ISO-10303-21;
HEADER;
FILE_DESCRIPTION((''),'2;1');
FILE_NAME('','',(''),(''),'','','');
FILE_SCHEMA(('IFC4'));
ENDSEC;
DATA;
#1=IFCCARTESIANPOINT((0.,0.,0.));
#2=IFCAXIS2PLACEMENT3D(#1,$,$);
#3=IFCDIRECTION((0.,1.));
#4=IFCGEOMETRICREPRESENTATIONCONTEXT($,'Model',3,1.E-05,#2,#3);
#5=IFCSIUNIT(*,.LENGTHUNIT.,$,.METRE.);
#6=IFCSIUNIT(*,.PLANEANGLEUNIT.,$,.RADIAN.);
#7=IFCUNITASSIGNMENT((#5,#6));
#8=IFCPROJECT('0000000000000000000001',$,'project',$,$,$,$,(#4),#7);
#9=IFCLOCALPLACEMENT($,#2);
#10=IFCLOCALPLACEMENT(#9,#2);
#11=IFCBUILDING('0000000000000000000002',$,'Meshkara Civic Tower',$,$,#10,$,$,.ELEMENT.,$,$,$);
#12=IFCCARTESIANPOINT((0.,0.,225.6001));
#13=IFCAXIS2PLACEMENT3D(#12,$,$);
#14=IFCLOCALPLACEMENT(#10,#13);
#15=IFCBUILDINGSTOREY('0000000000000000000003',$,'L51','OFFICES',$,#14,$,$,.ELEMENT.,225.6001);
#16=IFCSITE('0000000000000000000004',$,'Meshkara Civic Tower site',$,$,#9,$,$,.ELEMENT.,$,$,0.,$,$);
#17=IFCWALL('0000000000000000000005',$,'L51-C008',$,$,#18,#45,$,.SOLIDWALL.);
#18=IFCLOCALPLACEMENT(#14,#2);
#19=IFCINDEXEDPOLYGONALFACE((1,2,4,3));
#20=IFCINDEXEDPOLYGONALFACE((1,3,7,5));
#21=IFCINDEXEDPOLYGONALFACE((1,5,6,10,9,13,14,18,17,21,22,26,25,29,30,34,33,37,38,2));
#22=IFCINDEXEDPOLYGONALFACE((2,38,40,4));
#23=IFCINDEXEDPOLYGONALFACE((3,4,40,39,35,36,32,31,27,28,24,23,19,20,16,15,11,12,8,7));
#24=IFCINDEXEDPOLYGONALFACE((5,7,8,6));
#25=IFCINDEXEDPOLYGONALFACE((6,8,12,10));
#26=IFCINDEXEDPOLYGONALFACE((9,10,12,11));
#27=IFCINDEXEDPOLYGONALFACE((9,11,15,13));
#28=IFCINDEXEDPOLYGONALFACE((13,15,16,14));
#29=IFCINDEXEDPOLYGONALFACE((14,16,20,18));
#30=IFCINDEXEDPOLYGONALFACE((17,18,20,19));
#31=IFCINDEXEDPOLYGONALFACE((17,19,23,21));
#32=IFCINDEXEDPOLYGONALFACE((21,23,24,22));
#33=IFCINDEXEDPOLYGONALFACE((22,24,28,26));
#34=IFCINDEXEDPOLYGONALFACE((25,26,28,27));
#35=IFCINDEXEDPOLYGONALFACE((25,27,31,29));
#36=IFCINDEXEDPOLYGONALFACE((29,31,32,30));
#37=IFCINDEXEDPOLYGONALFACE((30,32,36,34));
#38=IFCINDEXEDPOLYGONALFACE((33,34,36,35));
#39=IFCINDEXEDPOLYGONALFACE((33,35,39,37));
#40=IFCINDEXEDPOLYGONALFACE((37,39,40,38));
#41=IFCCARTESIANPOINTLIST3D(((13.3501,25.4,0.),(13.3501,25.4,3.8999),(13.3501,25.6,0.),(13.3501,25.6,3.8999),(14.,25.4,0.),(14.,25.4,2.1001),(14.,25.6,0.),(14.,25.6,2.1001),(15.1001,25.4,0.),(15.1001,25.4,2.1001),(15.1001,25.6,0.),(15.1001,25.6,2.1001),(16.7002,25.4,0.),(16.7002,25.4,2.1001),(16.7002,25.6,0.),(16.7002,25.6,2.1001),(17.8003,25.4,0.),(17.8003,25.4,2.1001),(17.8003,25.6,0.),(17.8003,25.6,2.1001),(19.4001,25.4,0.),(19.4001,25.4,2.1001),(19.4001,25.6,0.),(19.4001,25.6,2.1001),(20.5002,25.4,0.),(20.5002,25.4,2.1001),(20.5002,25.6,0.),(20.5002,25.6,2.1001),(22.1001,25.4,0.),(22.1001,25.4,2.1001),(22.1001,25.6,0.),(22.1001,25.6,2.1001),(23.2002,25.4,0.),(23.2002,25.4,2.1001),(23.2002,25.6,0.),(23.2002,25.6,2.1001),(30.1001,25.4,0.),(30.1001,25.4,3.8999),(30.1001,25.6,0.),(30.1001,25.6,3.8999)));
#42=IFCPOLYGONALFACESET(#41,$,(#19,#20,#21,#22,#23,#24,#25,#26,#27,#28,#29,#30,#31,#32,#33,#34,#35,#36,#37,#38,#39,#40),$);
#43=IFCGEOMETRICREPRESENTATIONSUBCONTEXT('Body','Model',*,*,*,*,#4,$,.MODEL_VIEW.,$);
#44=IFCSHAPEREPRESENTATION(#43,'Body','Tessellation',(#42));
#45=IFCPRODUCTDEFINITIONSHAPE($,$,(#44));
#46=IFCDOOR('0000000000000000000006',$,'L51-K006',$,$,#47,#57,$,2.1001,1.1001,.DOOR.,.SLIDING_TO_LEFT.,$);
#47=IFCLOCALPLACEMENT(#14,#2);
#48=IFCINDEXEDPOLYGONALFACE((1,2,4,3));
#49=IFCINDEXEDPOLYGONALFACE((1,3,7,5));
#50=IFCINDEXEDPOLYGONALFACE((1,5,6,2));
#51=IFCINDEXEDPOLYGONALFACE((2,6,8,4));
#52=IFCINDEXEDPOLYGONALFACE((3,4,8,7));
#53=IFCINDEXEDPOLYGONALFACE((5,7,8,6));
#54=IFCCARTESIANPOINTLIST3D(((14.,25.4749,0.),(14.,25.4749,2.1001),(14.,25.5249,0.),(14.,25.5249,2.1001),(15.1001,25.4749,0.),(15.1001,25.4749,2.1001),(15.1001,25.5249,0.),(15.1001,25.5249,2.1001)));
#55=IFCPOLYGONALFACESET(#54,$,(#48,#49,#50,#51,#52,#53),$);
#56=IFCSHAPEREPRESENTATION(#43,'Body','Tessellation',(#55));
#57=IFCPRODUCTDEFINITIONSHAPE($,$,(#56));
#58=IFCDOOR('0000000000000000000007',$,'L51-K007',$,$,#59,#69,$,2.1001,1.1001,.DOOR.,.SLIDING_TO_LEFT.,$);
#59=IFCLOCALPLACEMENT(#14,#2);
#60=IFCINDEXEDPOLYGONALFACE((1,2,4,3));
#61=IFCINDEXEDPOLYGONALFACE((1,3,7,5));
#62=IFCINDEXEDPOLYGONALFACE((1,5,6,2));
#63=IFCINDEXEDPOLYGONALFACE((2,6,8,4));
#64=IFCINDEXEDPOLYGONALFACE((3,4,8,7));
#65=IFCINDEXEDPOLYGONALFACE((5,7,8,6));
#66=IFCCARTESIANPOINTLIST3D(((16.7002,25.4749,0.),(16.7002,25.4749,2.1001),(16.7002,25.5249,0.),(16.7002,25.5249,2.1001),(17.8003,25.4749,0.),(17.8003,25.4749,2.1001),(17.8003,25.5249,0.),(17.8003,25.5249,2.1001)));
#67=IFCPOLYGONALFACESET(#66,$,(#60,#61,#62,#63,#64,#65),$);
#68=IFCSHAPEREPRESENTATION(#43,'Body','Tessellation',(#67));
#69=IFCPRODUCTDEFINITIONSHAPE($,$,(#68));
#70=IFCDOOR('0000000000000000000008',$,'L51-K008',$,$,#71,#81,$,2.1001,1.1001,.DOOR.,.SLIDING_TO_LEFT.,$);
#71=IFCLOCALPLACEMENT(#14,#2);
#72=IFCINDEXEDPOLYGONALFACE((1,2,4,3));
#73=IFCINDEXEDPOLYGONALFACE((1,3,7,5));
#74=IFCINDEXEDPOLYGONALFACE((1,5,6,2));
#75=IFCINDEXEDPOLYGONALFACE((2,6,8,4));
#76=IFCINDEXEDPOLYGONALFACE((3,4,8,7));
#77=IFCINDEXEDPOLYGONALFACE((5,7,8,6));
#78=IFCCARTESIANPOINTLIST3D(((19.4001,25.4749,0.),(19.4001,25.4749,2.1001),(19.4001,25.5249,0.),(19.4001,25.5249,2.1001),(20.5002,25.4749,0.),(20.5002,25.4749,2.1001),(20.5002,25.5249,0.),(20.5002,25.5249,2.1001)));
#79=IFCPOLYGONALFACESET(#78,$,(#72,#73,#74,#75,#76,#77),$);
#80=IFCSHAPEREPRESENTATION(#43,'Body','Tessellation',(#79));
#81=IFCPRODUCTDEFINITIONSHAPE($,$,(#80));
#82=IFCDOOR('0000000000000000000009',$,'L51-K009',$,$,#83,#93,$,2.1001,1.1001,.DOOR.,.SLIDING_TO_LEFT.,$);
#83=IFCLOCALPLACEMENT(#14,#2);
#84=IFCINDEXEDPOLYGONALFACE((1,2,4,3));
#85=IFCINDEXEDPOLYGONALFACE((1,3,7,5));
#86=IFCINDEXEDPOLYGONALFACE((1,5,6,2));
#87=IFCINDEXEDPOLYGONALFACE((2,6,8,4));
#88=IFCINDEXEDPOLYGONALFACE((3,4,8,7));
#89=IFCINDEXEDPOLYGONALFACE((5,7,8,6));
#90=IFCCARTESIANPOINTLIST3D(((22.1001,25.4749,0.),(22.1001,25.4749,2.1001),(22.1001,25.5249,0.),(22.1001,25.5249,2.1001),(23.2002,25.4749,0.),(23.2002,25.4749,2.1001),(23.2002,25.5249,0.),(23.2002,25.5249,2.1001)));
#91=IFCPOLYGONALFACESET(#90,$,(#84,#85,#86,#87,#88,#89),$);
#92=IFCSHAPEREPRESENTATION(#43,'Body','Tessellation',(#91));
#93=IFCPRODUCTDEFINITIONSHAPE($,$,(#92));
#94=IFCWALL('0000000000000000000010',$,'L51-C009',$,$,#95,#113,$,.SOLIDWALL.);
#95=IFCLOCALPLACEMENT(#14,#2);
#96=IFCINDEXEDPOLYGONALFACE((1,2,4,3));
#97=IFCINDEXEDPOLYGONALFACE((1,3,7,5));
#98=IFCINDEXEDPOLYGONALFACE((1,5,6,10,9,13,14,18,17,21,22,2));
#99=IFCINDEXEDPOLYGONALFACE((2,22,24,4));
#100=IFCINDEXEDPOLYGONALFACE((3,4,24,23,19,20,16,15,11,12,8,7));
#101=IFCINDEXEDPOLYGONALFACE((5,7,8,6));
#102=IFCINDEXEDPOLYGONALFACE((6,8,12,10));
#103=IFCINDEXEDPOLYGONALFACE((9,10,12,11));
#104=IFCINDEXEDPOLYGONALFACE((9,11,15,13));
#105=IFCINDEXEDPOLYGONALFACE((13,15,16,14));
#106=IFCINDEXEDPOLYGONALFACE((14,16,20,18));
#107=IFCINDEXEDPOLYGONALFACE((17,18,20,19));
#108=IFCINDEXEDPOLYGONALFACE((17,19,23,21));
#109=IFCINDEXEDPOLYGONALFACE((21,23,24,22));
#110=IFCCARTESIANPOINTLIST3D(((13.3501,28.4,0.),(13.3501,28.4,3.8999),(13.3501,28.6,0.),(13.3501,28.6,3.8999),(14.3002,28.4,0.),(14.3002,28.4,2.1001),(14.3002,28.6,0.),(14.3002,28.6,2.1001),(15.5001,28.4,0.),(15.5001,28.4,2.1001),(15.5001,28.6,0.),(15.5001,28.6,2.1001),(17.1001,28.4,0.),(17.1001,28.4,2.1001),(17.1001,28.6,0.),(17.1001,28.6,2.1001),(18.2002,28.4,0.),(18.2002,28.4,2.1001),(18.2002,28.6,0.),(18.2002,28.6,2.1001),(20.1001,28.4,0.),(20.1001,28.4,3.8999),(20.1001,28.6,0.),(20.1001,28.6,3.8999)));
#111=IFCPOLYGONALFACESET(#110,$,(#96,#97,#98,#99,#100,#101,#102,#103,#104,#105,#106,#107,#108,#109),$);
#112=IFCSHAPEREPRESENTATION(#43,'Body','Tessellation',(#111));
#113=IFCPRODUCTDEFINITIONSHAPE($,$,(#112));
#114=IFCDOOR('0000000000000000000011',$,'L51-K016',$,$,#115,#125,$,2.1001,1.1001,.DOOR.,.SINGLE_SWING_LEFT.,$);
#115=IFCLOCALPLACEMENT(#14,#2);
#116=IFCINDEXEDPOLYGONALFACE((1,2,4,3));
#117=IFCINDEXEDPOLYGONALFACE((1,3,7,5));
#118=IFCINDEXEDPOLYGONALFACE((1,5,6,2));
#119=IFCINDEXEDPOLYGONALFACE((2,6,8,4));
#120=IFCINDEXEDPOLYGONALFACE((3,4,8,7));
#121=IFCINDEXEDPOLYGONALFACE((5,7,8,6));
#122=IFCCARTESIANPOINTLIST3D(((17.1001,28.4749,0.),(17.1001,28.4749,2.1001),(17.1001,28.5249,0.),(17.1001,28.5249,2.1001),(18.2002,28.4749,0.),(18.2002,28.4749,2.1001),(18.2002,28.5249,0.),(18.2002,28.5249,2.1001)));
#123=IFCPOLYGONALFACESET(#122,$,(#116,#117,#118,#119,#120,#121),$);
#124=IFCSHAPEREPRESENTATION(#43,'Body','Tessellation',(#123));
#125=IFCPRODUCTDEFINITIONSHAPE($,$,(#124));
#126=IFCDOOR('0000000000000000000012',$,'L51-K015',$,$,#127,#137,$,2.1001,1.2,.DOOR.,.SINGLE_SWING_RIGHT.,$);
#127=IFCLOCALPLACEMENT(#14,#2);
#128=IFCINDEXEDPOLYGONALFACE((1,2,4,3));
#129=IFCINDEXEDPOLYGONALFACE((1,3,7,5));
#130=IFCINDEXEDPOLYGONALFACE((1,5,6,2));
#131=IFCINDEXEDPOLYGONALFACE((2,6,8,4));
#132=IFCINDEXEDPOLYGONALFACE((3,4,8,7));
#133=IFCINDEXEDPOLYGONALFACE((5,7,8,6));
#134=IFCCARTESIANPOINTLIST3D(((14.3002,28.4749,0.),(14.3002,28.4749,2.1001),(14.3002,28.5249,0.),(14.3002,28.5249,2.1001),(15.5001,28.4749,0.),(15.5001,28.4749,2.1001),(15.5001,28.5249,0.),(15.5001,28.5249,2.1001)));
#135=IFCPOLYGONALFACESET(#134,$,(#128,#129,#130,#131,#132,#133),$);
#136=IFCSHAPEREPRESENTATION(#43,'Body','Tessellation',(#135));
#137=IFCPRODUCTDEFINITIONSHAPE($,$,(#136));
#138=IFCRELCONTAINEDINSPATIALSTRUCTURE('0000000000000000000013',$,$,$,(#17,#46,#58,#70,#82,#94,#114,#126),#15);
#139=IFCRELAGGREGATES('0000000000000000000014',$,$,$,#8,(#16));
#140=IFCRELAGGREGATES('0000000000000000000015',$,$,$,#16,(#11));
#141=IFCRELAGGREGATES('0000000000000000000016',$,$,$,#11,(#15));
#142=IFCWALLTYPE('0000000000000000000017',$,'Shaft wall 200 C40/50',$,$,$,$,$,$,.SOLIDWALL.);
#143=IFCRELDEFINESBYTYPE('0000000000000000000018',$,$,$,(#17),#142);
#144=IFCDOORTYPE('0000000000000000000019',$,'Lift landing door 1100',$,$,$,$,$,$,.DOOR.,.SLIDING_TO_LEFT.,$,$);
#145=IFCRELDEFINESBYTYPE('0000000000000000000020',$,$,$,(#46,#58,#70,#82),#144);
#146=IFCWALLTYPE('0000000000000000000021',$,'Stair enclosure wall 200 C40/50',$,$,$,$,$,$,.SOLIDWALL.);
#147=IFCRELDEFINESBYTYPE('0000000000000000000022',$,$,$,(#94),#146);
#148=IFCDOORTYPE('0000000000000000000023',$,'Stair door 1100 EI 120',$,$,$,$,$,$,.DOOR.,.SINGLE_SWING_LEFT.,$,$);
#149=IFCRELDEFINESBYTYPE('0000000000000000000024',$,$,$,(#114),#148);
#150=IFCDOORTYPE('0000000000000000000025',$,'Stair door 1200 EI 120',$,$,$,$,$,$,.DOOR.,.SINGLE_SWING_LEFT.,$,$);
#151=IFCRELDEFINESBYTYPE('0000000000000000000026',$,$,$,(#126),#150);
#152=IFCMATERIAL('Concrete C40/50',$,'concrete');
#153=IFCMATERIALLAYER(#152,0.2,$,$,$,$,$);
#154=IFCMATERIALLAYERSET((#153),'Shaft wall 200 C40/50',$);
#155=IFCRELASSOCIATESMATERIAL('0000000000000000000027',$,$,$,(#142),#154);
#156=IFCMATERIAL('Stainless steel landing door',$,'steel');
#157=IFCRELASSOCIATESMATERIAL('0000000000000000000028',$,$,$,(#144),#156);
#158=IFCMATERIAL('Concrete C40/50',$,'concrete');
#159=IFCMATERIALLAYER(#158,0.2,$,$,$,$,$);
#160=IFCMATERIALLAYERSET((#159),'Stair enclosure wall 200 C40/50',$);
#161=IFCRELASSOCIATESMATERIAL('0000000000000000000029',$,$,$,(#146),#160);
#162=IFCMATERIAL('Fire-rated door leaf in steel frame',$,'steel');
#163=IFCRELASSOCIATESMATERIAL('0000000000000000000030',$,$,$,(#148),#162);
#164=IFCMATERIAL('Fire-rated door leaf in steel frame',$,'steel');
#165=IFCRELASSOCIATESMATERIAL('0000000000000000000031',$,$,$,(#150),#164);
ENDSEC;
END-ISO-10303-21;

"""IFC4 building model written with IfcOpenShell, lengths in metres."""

from ifc_helpers import new_model, si_unit, direction, frame, frame_2d, origin, place, context, subcontext, project, spatial, rectangle, extrude, material, layer, layer_set, type_object, element, fill, save


model = new_model("IFC4")

# Units and contexts
model_context = context("Model", 3, precision=1e-05, world=origin(), true_north=direction((0.0, 1.0)))
body_context = subcontext(model_context, "Body", "Model", "MODEL_VIEW")
ifc_project = project(units=[si_unit("LENGTHUNIT", "METRE"), si_unit("PLANEANGLEUNIT", "RADIAN")], contexts=[model_context])

# Site, building, storey
site_placement = place(None, origin())
site = spatial("IfcSite", under=ifc_project, at=site_placement, Name="Meshkara Civic Tower site", CompositionType="ELEMENT", RefElevation=0.0)
building_placement = place(site_placement, origin())
building = spatial("IfcBuilding", under=site, at=building_placement, Name="Meshkara Civic Tower", CompositionType="ELEMENT")
storey_placement = place(building_placement, frame((0.0, 0.0, 225.6001)))
storey = spatial("IfcBuildingStorey", under=building, at=storey_placement, Name="L51", Description="OFFICES", CompositionType="ELEMENT", Elevation=225.6001)

# Walls, openings, doors
ifc_material_1 = material(Name="Concrete C40/50", Category="concrete")
ifc_layer_1 = layer(ifc_material_1, 0.2)
ifc_layer_set_1 = layer_set([ifc_layer_1], Name="Shaft wall 200 C40/50")
wall_type_1 = type_object("IfcWallType", Name="Shaft wall 200 C40/50", PredefinedType="SOLIDWALL", material=ifc_layer_set_1)
wall_1_placement = place(storey_placement, frame((13.3501, 25.5, 0.0), z_axis=(0.0, 0.0, 1.0), x_axis=(1.0, 0.0, 0.0)))
wall_1 = element("IfcWall", 1, at=wall_1_placement, inside=storey, type_object=wall_type_1, Name="L51-C008", PredefinedType="SOLIDWALL", context=body_context, shape_type="SweptSolid", body=[
    extrude(rectangle(XDim=16.75, YDim=0.2, at=frame_2d((8.375, 0.0))), origin(), (0.0, 0.0, 1.0), 3.8999),
])
opening_1_placement = place(wall_1_placement, frame((0.6499, 0.0, 0.0)))
opening_1 = element("IfcOpeningElement", 2, at=opening_1_placement, cuts=wall_1, PredefinedType="OPENING", context=body_context, shape_type="SweptSolid", body=[
    extrude(rectangle(XDim=1.1001, YDim=2.1001, at=frame_2d((0.55, 1.05))), frame((0.0, 0.1099, 0.0), z_axis=(0.0, -1.0, 0.0), x_axis=(1.0, 0.0, 0.0)), (0.0, 0.0, 1.0), 0.22),
])
opening_2_placement = place(wall_1_placement, frame((3.3501, 0.0, 0.0)))
opening_2 = element("IfcOpeningElement", 3, at=opening_2_placement, cuts=wall_1, PredefinedType="OPENING", context=body_context, shape_type="SweptSolid", body=[
    extrude(rectangle(XDim=1.1001, YDim=2.1001, at=frame_2d((0.55, 1.05))), frame((0.0, 0.1099, 0.0), z_axis=(0.0, -1.0, 0.0), x_axis=(1.0, 0.0, 0.0)), (0.0, 0.0, 1.0), 0.22),
])
opening_3_placement = place(wall_1_placement, frame((6.05, 0.0, 0.0)))
opening_3 = element("IfcOpeningElement", 4, at=opening_3_placement, cuts=wall_1, PredefinedType="OPENING", context=body_context, shape_type="SweptSolid", body=[
    extrude(rectangle(XDim=1.1001, YDim=2.1001, at=frame_2d((0.55, 1.05))), frame((0.0, 0.1099, 0.0), z_axis=(0.0, -1.0, 0.0), x_axis=(1.0, 0.0, 0.0)), (0.0, 0.0, 1.0), 0.22),
])
opening_4_placement = place(wall_1_placement, frame((8.75, 0.0, 0.0)))
opening_4 = element("IfcOpeningElement", 5, at=opening_4_placement, cuts=wall_1, PredefinedType="OPENING", context=body_context, shape_type="SweptSolid", body=[
    extrude(rectangle(XDim=1.1001, YDim=2.1001, at=frame_2d((0.55, 1.05))), frame((0.0, 0.1099, 0.0), z_axis=(0.0, -1.0, 0.0), x_axis=(1.0, 0.0, 0.0)), (0.0, 0.0, 1.0), 0.22),
])
ifc_material_2 = material(Name="Stainless steel landing door", Category="steel")
door_type_1 = type_object("IfcDoorType", Name="Lift landing door 1100", OperationType="SLIDING_TO_LEFT", PredefinedType="DOOR", material=ifc_material_2)
door_1_placement = place(opening_1_placement, origin())
door_1 = element("IfcDoor", 6, at=door_1_placement, inside=storey, type_object=door_type_1, Name="L51-K006", OperationType="SLIDING_TO_LEFT", OverallHeight=2.1001, OverallWidth=1.1001, PredefinedType="DOOR", context=body_context, shape_type="SweptSolid", body=[
    extrude(rectangle(XDim=1.1001, YDim=2.1001, at=frame_2d((0.55, 1.05))), frame((0.0, 0.0249, 0.0), z_axis=(0.0, -1.0, 0.0), x_axis=(1.0, 0.0, 0.0)), (0.0, 0.0, 1.0), 0.05),
])
fill(opening_1, door_1)
door_2_placement = place(opening_2_placement, origin())
door_2 = element("IfcDoor", 7, at=door_2_placement, inside=storey, type_object=door_type_1, Name="L51-K007", OperationType="SLIDING_TO_LEFT", OverallHeight=2.1001, OverallWidth=1.1001, PredefinedType="DOOR", context=body_context, shape_type="SweptSolid", body=[
    extrude(rectangle(XDim=1.1001, YDim=2.1001, at=frame_2d((0.55, 1.05))), frame((0.0, 0.0249, 0.0), z_axis=(0.0, -1.0, 0.0), x_axis=(1.0, 0.0, 0.0)), (0.0, 0.0, 1.0), 0.05),
])
fill(opening_2, door_2)
door_3_placement = place(opening_3_placement, origin())
door_3 = element("IfcDoor", 8, at=door_3_placement, inside=storey, type_object=door_type_1, Name="L51-K008", OperationType="SLIDING_TO_LEFT", OverallHeight=2.1001, OverallWidth=1.1001, PredefinedType="DOOR", context=body_context, shape_type="SweptSolid", body=[
    extrude(rectangle(XDim=1.1001, YDim=2.1001, at=frame_2d((0.55, 1.05))), frame((0.0, 0.0249, 0.0), z_axis=(0.0, -1.0, 0.0), x_axis=(1.0, 0.0, 0.0)), (0.0, 0.0, 1.0), 0.05),
])
fill(opening_3, door_3)
door_4_placement = place(opening_4_placement, origin())
door_4 = element("IfcDoor", 9, at=door_4_placement, inside=storey, type_object=door_type_1, Name="L51-K009", OperationType="SLIDING_TO_LEFT", OverallHeight=2.1001, OverallWidth=1.1001, PredefinedType="DOOR", context=body_context, shape_type="SweptSolid", body=[
    extrude(rectangle(XDim=1.1001, YDim=2.1001, at=frame_2d((0.55, 1.05))), frame((0.0, 0.0249, 0.0), z_axis=(0.0, -1.0, 0.0), x_axis=(1.0, 0.0, 0.0)), (0.0, 0.0, 1.0), 0.05),
])
fill(opening_4, door_4)
ifc_material_3 = material(Name="Concrete C40/50", Category="concrete")
ifc_layer_2 = layer(ifc_material_3, 0.2)
ifc_layer_set_2 = layer_set([ifc_layer_2], Name="Stair enclosure wall 200 C40/50")
wall_type_2 = type_object("IfcWallType", Name="Stair enclosure wall 200 C40/50", PredefinedType="SOLIDWALL", material=ifc_layer_set_2)
wall_2_placement = place(storey_placement, frame((13.3501, 28.5, 0.0), z_axis=(0.0, 0.0, 1.0), x_axis=(1.0, 0.0, 0.0)))
wall_2 = element("IfcWall", 10, at=wall_2_placement, inside=storey, type_object=wall_type_2, Name="L51-C009", PredefinedType="SOLIDWALL", context=body_context, shape_type="SweptSolid", body=[
    extrude(rectangle(XDim=6.75, YDim=0.2, at=frame_2d((3.375, 0.0))), origin(), (0.0, 0.0, 1.0), 3.8999),
])
opening_5_placement = place(wall_2_placement, frame((0.95, 0.0, 0.0)))
opening_5 = element("IfcOpeningElement", 11, at=opening_5_placement, cuts=wall_2, PredefinedType="OPENING", context=body_context, shape_type="SweptSolid", body=[
    extrude(rectangle(XDim=1.2, YDim=2.1001, at=frame_2d((0.6001, 1.05))), frame((0.0, 0.1099, 0.0), z_axis=(0.0, -1.0, 0.0), x_axis=(1.0, 0.0, 0.0)), (0.0, 0.0, 1.0), 0.22),
])
opening_6_placement = place(wall_2_placement, frame((3.75, 0.0, 0.0)))
opening_6 = element("IfcOpeningElement", 12, at=opening_6_placement, cuts=wall_2, PredefinedType="OPENING", context=body_context, shape_type="SweptSolid", body=[
    extrude(rectangle(XDim=1.1001, YDim=2.1001, at=frame_2d((0.55, 1.05))), frame((0.0, 0.1099, 0.0), z_axis=(0.0, -1.0, 0.0), x_axis=(1.0, 0.0, 0.0)), (0.0, 0.0, 1.0), 0.22),
])
ifc_material_4 = material(Name="Fire-rated door leaf in steel frame", Category="steel")
door_type_2 = type_object("IfcDoorType", Name="Stair door 1100 EI 120", OperationType="SINGLE_SWING_LEFT", PredefinedType="DOOR", material=ifc_material_4)
door_5_placement = place(opening_6_placement, origin())
door_5 = element("IfcDoor", 13, at=door_5_placement, inside=storey, type_object=door_type_2, Name="L51-K016", OperationType="SINGLE_SWING_LEFT", OverallHeight=2.1001, OverallWidth=1.1001, PredefinedType="DOOR", context=body_context, shape_type="SweptSolid", body=[
    extrude(rectangle(XDim=1.1001, YDim=2.1001, at=frame_2d((0.55, 1.05))), frame((0.0, 0.0249, 0.0), z_axis=(0.0, -1.0, 0.0), x_axis=(1.0, 0.0, 0.0)), (0.0, 0.0, 1.0), 0.05),
])
fill(opening_6, door_5)
ifc_material_5 = material(Name="Fire-rated door leaf in steel frame", Category="steel")
door_type_3 = type_object("IfcDoorType", Name="Stair door 1200 EI 120", OperationType="SINGLE_SWING_LEFT", PredefinedType="DOOR", material=ifc_material_5)
door_6_placement = place(opening_5_placement, origin())
door_6 = element("IfcDoor", 14, at=door_6_placement, inside=storey, type_object=door_type_3, Name="L51-K015", OperationType="SINGLE_SWING_RIGHT", OverallHeight=2.1001, OverallWidth=1.2, PredefinedType="DOOR", context=body_context, shape_type="SweptSolid", body=[
    extrude(rectangle(XDim=1.2, YDim=2.1001, at=frame_2d((0.6001, 1.05))), frame((0.0, 0.0249, 0.0), z_axis=(0.0, -1.0, 0.0), x_axis=(1.0, 0.0, 0.0)), (0.0, 0.0, 1.0), 0.05),
])
fill(opening_5, door_6)

save(model, "model.ifc")
